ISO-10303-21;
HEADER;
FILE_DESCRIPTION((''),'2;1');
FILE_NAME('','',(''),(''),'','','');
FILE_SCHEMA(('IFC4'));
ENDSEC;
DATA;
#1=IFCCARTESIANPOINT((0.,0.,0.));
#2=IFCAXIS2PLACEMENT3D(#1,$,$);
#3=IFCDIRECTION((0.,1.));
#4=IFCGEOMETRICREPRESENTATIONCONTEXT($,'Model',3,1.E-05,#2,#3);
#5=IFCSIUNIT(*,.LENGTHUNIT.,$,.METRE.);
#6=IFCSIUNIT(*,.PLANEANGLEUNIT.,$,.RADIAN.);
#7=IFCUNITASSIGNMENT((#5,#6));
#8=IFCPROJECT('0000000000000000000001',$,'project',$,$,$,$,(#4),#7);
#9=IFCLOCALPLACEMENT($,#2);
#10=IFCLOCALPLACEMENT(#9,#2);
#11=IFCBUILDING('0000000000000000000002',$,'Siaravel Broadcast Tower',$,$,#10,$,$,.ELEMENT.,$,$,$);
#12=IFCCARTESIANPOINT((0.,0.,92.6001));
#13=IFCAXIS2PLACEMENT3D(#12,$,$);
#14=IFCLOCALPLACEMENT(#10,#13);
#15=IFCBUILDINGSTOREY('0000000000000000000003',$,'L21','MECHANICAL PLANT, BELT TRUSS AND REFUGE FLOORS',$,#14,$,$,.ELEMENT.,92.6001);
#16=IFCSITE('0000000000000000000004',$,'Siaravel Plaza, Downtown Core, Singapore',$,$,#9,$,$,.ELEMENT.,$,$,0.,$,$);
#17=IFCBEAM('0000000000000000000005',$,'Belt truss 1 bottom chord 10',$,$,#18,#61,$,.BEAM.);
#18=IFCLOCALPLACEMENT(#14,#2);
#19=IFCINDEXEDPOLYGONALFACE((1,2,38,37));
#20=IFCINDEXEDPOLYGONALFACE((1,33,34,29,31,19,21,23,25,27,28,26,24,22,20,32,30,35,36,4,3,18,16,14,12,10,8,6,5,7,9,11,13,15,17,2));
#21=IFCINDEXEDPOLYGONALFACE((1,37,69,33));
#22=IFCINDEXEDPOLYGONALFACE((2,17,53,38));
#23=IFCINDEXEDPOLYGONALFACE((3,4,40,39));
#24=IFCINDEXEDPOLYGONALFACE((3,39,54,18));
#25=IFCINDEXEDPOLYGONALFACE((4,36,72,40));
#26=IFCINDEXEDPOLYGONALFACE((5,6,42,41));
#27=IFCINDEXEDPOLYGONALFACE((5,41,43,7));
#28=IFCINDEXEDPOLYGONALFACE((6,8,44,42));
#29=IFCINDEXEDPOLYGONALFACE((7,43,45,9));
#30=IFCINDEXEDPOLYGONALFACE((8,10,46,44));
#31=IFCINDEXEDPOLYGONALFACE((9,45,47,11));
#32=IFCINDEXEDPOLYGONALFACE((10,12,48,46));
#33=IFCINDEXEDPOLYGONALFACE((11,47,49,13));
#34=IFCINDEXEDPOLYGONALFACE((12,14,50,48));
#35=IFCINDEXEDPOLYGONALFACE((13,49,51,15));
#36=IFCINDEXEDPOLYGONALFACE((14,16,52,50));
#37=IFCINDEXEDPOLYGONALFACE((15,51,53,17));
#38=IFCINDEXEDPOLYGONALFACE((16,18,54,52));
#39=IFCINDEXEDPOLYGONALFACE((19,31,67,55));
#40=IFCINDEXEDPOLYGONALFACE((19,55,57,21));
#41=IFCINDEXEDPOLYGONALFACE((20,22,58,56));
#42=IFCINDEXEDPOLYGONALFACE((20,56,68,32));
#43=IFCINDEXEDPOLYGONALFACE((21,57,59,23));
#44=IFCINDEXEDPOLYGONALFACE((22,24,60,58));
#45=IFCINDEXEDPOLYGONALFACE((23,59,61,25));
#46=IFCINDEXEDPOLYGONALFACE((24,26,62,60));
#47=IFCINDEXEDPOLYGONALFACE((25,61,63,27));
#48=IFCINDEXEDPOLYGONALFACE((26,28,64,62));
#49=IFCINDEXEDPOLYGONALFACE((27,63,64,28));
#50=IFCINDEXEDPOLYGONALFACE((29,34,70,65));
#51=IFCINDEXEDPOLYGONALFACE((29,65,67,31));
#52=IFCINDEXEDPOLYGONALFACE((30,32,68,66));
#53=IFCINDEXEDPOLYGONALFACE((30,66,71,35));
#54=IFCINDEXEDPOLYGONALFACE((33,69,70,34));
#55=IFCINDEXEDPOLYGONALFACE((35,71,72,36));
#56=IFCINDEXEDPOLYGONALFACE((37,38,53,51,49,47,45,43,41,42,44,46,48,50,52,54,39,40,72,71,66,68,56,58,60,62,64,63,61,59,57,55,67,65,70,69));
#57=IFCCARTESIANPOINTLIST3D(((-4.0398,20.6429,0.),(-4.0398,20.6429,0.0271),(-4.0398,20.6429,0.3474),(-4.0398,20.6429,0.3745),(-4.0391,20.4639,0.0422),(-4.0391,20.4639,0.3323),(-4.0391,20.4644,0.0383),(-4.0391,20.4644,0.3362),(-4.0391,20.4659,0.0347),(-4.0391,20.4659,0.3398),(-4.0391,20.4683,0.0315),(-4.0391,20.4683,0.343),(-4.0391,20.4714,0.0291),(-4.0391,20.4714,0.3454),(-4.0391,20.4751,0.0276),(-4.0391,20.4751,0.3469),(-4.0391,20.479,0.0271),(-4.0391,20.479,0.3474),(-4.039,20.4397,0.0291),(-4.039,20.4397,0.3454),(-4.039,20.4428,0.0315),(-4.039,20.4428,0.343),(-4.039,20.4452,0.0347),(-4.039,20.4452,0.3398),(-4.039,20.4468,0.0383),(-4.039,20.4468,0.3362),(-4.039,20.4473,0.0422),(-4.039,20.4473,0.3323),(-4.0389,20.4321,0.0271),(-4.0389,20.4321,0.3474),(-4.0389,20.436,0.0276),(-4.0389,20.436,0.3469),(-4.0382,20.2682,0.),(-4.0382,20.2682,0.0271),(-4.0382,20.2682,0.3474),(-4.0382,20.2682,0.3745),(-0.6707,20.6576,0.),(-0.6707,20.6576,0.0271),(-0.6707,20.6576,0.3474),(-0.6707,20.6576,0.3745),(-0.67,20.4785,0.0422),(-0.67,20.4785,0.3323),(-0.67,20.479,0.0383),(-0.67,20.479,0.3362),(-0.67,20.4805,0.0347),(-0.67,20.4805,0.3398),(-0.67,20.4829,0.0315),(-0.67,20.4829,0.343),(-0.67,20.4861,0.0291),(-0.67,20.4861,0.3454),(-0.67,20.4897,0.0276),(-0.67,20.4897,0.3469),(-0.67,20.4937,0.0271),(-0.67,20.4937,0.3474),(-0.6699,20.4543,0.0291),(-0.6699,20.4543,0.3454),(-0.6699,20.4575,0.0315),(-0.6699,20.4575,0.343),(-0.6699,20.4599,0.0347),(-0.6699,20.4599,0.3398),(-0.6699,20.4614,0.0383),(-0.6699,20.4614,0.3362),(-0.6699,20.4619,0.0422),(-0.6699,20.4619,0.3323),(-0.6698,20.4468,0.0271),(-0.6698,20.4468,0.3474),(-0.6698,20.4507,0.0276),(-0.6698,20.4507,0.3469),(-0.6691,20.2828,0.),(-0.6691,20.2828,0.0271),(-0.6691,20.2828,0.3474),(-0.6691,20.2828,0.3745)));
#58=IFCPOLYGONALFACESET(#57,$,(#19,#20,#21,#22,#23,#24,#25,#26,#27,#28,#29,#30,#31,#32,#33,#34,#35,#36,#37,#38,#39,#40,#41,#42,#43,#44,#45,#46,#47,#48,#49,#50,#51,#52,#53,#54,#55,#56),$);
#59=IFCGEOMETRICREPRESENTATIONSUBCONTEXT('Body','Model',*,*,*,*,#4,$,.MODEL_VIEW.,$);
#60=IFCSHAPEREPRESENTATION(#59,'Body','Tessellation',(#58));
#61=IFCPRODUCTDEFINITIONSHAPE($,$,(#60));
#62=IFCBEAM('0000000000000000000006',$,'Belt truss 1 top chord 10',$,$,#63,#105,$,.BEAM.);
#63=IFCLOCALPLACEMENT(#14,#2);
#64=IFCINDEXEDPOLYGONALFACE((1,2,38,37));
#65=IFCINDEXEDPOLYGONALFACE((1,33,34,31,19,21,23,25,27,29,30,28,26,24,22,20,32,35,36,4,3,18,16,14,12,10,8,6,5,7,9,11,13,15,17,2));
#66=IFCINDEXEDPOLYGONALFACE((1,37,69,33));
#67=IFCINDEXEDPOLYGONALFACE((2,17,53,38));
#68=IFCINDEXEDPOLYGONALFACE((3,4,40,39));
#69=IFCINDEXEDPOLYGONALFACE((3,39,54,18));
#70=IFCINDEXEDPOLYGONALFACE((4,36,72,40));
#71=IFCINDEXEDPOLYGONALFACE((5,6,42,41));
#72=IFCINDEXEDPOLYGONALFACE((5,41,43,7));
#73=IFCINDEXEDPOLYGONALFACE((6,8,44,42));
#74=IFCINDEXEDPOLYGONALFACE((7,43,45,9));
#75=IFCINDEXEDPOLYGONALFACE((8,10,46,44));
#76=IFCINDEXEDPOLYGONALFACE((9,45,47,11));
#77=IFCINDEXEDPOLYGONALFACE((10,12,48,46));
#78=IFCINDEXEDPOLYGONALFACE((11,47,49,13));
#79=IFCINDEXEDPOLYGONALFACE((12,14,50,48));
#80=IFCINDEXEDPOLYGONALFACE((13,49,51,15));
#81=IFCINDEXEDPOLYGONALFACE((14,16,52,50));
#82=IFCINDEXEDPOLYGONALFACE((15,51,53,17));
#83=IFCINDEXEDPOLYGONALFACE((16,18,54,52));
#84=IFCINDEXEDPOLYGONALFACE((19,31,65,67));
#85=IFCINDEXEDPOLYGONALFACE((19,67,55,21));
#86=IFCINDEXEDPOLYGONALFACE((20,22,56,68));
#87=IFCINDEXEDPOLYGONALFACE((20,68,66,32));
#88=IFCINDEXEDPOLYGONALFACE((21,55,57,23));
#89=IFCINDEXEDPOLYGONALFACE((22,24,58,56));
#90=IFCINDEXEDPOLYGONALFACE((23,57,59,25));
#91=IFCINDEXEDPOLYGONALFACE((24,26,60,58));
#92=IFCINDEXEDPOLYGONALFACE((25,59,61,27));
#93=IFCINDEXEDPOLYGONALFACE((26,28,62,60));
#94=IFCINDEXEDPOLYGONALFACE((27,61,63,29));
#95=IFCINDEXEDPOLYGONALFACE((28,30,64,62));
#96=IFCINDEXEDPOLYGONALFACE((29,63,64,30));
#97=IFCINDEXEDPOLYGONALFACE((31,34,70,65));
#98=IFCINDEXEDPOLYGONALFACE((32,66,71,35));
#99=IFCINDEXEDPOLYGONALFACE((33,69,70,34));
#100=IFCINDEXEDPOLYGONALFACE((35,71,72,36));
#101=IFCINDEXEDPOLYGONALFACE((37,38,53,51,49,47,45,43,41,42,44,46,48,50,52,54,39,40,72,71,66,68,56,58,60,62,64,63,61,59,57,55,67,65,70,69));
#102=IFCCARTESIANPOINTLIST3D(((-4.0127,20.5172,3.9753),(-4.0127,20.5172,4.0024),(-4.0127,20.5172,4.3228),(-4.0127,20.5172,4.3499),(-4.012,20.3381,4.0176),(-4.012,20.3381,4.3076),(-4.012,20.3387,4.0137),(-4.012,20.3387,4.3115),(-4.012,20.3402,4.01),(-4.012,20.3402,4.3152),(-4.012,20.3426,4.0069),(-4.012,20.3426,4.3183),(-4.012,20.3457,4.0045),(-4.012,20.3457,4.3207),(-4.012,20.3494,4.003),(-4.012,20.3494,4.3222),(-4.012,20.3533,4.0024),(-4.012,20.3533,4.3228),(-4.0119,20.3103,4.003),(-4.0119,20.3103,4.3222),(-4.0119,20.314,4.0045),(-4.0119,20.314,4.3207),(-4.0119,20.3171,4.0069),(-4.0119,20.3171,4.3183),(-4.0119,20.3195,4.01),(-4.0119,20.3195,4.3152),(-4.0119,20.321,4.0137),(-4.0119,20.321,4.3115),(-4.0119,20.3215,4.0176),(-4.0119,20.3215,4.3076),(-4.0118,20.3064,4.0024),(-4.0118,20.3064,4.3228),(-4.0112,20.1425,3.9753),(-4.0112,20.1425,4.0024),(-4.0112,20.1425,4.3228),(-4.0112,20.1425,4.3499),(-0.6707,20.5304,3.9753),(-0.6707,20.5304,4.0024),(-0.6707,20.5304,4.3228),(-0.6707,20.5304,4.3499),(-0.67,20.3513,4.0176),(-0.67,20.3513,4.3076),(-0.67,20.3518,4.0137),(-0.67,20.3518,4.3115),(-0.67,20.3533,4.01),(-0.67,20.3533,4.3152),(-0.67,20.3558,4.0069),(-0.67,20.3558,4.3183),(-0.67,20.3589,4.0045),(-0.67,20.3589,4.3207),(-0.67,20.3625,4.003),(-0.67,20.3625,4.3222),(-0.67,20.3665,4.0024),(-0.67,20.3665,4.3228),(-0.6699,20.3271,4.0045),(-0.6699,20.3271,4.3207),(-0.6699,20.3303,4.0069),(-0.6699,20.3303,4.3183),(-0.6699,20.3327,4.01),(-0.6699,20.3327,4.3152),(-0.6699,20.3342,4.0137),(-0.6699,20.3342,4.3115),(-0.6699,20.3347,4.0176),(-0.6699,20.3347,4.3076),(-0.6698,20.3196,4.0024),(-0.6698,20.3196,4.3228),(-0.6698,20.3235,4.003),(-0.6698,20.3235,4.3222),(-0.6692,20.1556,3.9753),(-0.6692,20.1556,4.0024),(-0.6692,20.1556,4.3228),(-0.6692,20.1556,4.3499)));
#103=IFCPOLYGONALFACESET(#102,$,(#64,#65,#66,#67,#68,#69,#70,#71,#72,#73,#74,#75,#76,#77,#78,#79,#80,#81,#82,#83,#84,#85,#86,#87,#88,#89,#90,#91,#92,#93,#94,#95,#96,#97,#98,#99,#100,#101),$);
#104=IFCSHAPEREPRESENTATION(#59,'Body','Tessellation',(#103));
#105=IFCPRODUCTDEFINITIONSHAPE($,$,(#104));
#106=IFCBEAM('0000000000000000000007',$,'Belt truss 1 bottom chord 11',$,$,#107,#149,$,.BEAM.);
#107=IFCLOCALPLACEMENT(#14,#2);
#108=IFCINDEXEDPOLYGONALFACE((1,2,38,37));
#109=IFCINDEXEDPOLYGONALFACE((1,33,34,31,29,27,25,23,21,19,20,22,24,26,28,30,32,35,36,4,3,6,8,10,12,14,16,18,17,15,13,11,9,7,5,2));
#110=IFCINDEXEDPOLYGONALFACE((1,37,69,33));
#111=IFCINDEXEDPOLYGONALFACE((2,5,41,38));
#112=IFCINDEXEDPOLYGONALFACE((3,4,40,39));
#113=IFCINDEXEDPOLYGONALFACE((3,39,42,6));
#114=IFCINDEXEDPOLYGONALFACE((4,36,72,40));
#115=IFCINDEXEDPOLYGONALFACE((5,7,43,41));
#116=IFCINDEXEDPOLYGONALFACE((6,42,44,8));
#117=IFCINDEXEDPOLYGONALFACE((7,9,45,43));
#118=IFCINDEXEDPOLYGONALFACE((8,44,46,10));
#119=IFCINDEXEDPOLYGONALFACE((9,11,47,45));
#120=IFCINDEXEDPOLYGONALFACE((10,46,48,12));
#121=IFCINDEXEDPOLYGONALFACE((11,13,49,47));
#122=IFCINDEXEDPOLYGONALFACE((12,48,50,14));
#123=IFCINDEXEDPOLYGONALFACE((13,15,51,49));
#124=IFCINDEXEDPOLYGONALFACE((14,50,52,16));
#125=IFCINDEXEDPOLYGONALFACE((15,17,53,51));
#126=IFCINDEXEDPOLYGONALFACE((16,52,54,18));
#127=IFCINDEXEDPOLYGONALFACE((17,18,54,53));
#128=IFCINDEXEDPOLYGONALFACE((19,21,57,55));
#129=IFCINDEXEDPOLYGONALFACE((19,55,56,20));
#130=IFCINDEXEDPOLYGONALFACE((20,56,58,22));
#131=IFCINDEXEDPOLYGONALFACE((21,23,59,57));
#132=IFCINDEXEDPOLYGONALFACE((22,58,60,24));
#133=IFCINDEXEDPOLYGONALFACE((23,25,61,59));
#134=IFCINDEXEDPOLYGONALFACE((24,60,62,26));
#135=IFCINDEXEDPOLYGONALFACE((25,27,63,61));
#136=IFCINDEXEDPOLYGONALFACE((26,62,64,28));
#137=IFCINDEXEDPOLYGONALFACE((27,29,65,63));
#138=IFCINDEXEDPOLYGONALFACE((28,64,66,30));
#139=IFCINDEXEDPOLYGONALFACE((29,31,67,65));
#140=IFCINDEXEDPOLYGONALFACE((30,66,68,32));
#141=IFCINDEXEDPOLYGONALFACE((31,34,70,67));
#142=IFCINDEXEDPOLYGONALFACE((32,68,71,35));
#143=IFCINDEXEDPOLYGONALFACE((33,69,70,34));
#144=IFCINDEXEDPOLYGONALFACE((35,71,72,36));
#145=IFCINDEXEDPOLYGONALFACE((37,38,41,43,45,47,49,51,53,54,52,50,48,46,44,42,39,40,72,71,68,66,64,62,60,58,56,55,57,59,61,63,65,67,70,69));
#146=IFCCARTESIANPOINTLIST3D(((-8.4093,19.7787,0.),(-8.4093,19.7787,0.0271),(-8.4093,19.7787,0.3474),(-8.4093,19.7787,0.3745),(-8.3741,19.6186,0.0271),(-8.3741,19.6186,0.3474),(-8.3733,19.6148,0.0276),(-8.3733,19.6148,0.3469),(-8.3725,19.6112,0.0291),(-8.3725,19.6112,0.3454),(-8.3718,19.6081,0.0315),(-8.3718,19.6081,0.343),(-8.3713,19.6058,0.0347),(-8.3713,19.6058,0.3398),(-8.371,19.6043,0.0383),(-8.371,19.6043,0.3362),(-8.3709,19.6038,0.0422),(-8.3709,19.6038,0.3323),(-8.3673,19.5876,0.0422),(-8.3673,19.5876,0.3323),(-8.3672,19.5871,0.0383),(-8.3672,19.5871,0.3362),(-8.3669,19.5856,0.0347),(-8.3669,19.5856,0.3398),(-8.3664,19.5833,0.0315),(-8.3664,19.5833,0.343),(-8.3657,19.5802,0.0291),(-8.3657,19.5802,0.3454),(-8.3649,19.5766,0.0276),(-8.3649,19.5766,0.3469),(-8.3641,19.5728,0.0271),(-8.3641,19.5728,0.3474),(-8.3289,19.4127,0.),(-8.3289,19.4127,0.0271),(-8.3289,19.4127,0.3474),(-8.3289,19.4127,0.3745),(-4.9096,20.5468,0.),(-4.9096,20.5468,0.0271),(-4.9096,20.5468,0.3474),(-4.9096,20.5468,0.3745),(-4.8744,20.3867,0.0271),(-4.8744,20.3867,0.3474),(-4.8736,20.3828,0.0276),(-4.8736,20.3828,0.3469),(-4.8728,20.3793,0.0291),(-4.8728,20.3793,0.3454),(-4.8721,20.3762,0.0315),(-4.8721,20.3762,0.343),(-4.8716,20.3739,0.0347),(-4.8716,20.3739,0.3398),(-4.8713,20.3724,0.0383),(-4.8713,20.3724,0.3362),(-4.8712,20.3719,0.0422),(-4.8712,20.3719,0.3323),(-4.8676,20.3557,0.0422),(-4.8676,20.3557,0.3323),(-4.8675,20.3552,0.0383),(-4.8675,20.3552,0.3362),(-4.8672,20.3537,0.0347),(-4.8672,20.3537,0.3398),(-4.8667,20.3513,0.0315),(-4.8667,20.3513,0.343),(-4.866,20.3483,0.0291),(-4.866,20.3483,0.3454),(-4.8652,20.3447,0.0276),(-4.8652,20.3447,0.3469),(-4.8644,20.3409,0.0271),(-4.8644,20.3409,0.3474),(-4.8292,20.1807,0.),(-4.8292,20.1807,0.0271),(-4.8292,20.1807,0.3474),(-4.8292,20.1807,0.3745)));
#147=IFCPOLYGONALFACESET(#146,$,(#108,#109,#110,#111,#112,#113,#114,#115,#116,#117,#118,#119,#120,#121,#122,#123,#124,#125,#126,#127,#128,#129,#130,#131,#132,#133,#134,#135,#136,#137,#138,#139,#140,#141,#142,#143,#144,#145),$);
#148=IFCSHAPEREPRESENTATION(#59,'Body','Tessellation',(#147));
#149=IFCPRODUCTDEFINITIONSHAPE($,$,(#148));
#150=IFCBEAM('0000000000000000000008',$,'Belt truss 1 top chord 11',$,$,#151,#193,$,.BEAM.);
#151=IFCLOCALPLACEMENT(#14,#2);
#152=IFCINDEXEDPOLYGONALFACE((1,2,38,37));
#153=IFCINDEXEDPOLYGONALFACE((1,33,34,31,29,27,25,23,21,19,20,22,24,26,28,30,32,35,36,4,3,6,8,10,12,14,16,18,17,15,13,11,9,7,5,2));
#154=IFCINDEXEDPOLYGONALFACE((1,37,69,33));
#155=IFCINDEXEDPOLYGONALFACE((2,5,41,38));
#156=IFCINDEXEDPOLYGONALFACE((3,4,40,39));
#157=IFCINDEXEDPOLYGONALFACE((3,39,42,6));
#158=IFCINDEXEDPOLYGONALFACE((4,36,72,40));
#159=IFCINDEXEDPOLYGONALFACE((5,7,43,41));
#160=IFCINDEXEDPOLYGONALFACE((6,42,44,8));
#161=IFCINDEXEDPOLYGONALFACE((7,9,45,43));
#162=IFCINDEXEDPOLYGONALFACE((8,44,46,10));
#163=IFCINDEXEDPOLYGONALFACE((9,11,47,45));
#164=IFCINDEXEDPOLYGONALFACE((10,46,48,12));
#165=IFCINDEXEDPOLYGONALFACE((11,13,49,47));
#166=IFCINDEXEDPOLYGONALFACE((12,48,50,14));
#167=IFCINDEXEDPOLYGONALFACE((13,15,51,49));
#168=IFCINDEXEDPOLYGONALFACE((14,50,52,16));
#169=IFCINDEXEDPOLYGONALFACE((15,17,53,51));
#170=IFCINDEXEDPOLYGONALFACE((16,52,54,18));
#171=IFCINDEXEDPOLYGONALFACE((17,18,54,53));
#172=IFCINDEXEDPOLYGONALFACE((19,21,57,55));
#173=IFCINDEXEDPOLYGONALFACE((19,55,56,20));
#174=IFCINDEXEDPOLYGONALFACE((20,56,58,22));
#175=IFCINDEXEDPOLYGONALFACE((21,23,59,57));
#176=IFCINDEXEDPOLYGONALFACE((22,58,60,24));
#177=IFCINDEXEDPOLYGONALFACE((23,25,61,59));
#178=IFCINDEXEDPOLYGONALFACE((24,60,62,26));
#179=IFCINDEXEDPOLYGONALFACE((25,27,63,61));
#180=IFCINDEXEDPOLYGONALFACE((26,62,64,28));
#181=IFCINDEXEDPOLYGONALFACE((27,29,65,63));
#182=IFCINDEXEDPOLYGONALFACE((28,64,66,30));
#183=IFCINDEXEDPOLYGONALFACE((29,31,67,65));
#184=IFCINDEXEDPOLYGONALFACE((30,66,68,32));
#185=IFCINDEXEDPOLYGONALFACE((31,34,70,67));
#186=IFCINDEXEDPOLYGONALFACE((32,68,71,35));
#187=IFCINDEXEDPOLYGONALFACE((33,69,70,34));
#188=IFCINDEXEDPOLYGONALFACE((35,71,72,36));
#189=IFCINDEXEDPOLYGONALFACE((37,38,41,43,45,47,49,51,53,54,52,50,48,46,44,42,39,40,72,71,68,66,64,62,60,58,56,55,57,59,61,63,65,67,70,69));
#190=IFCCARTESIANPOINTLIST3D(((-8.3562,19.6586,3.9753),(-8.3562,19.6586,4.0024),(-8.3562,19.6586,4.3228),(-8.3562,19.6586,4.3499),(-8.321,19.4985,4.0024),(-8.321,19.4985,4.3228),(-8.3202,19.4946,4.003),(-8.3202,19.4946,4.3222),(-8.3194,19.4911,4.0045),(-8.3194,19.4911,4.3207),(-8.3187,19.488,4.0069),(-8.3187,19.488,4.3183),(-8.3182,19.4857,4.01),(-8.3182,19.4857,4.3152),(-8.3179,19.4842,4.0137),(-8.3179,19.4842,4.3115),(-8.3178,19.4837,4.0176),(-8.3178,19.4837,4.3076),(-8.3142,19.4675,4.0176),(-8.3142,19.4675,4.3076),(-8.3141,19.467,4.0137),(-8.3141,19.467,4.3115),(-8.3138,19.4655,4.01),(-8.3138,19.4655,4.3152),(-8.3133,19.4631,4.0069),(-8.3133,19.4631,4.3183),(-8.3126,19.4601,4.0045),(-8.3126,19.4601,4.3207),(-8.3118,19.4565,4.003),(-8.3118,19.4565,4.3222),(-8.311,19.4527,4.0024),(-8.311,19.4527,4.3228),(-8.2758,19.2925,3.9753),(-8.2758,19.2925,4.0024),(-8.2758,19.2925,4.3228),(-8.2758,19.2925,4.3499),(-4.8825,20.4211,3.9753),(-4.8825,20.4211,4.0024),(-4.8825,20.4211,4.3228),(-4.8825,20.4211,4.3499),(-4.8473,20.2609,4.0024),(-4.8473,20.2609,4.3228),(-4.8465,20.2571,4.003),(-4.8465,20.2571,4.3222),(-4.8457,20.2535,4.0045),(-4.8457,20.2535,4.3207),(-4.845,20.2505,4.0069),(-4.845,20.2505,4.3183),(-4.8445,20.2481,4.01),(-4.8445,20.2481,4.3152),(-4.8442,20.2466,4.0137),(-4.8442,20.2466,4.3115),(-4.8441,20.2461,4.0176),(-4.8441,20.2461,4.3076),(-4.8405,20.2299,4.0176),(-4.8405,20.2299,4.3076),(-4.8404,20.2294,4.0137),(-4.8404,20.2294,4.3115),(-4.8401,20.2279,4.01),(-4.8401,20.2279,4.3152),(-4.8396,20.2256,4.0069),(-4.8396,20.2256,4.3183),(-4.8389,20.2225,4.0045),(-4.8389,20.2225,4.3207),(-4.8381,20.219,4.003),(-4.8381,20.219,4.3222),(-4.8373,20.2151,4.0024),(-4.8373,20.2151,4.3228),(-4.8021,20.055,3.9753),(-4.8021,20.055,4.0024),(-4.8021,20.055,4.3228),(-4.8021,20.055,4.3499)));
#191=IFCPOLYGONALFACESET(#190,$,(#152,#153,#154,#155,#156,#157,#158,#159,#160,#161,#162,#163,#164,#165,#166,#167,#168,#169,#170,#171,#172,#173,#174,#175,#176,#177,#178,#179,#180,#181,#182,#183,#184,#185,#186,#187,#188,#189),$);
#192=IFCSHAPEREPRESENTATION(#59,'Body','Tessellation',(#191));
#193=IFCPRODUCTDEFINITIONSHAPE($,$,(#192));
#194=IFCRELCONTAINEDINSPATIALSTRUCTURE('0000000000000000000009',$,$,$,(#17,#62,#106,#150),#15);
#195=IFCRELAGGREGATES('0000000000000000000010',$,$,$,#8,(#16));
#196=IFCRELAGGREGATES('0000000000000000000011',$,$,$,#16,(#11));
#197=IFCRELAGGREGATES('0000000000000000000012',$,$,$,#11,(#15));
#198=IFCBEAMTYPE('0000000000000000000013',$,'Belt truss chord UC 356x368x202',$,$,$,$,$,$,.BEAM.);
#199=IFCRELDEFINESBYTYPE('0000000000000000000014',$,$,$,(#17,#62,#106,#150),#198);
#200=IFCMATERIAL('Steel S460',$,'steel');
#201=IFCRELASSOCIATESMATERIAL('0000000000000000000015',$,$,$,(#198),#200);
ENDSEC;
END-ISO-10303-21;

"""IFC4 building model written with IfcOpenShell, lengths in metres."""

from ifc_helpers import new_model, si_unit, direction, frame, origin, origin_2d, place, context, subcontext, project, spatial, i_section, extrude, material, material_profile, profile_set, type_object, element, save


model = new_model("IFC4")

# Units and contexts
model_context = context("Model", 3, precision=1e-05, world=origin(), true_north=direction((0.0, 1.0)))
body_context = subcontext(model_context, "Body", "Model", "MODEL_VIEW")
ifc_project = project(units=[si_unit("LENGTHUNIT", "METRE"), si_unit("PLANEANGLEUNIT", "RADIAN")], contexts=[model_context])

# Site, building, storey
site_placement = place(None, origin())
site = spatial("IfcSite", under=ifc_project, at=site_placement, Name="Siaravel Plaza, Downtown Core, Singapore", CompositionType="ELEMENT", RefElevation=0.0)
building_placement = place(site_placement, origin())
building = spatial("IfcBuilding", under=site, at=building_placement, Name="Siaravel Broadcast Tower", CompositionType="ELEMENT")
storey_placement = place(building_placement, frame((0.0, 0.0, 92.6001)))
storey = spatial("IfcBuildingStorey", under=building, at=storey_placement, Name="L21", Description="MECHANICAL PLANT, BELT TRUSS AND REFUGE FLOORS", CompositionType="ELEMENT", Elevation=92.6001)

# Beams
ifc_material_1 = material(Name="Steel S460", Category="steel")
ifc_material_profile_1 = material_profile(ifc_material_1, i_section(OverallWidth=0.3748, OverallDepth=0.3745, WebThickness=0.0166, FlangeThickness=0.0271, FilletRadius=0.0151, at=origin_2d()))
ifc_profile_set_1 = profile_set([ifc_material_profile_1], Name="Steel S460")
beam_type_1 = type_object("IfcBeamType", Name="Belt truss chord UC 356x368x202", PredefinedType="BEAM", material=ifc_profile_set_1)
beam_1_placement = place(storey_placement, frame((-0.6699, 20.4702, 0.1873), z_axis=(-0.999991, -0.004348, 0.0), x_axis=(0.004348, -0.999991, 0.0)))
element("IfcBeam", 1, at=beam_1_placement, inside=storey, type_object=beam_type_1, Name="Belt truss 1 bottom chord 10", PredefinedType="BEAM", context=body_context, shape_type="SweptSolid", body=[
    extrude(i_section(OverallWidth=0.3748, OverallDepth=0.3745, WebThickness=0.0166, FlangeThickness=0.0271, FilletRadius=0.0151, at=origin_2d()), origin(), (0.0, 0.0, 1.0), 3.3691),
])
beam_2_placement = place(storey_placement, frame((-0.6699, 20.343, 4.1626), z_axis=(-0.999992, -0.003945, 0.0), x_axis=(0.003945, -0.999992, 0.0)))
element("IfcBeam", 2, at=beam_2_placement, inside=storey, type_object=beam_type_1, Name="Belt truss 1 top chord 10", PredefinedType="BEAM", context=body_context, shape_type="SweptSolid", body=[
    extrude(i_section(OverallWidth=0.3748, OverallDepth=0.3745, WebThickness=0.0166, FlangeThickness=0.0271, FilletRadius=0.0151, at=origin_2d()), origin(), (0.0, 0.0, 1.0), 3.342),
])
beam_3_placement = place(storey_placement, frame((-4.8694, 20.3638, 0.1873), z_axis=(-0.976754, -0.214361, 0.0), x_axis=(0.214361, -0.976754, 0.0)))
element("IfcBeam", 3, at=beam_3_placement, inside=storey, type_object=beam_type_1, Name="Belt truss 1 bottom chord 11", PredefinedType="BEAM", context=body_context, shape_type="SweptSolid", body=[
    extrude(i_section(OverallWidth=0.3748, OverallDepth=0.3745, WebThickness=0.0166, FlangeThickness=0.0271, FilletRadius=0.0151, at=origin_2d()), origin(), (0.0, 0.0, 1.0), 3.583),
])
beam_4_placement = place(storey_placement, frame((-4.8423, 20.238, 4.1626), z_axis=(-0.976747, -0.214393, 0.0), x_axis=(0.214393, -0.976747, 0.0)))
element("IfcBeam", 4, at=beam_4_placement, inside=storey, type_object=beam_type_1, Name="Belt truss 1 top chord 11", PredefinedType="BEAM", context=body_context, shape_type="SweptSolid", body=[
    extrude(i_section(OverallWidth=0.3748, OverallDepth=0.3745, WebThickness=0.0166, FlangeThickness=0.0271, FilletRadius=0.0151, at=origin_2d()), origin(), (0.0, 0.0, 1.0), 3.5564),
])

save(model, "model.ifc")
